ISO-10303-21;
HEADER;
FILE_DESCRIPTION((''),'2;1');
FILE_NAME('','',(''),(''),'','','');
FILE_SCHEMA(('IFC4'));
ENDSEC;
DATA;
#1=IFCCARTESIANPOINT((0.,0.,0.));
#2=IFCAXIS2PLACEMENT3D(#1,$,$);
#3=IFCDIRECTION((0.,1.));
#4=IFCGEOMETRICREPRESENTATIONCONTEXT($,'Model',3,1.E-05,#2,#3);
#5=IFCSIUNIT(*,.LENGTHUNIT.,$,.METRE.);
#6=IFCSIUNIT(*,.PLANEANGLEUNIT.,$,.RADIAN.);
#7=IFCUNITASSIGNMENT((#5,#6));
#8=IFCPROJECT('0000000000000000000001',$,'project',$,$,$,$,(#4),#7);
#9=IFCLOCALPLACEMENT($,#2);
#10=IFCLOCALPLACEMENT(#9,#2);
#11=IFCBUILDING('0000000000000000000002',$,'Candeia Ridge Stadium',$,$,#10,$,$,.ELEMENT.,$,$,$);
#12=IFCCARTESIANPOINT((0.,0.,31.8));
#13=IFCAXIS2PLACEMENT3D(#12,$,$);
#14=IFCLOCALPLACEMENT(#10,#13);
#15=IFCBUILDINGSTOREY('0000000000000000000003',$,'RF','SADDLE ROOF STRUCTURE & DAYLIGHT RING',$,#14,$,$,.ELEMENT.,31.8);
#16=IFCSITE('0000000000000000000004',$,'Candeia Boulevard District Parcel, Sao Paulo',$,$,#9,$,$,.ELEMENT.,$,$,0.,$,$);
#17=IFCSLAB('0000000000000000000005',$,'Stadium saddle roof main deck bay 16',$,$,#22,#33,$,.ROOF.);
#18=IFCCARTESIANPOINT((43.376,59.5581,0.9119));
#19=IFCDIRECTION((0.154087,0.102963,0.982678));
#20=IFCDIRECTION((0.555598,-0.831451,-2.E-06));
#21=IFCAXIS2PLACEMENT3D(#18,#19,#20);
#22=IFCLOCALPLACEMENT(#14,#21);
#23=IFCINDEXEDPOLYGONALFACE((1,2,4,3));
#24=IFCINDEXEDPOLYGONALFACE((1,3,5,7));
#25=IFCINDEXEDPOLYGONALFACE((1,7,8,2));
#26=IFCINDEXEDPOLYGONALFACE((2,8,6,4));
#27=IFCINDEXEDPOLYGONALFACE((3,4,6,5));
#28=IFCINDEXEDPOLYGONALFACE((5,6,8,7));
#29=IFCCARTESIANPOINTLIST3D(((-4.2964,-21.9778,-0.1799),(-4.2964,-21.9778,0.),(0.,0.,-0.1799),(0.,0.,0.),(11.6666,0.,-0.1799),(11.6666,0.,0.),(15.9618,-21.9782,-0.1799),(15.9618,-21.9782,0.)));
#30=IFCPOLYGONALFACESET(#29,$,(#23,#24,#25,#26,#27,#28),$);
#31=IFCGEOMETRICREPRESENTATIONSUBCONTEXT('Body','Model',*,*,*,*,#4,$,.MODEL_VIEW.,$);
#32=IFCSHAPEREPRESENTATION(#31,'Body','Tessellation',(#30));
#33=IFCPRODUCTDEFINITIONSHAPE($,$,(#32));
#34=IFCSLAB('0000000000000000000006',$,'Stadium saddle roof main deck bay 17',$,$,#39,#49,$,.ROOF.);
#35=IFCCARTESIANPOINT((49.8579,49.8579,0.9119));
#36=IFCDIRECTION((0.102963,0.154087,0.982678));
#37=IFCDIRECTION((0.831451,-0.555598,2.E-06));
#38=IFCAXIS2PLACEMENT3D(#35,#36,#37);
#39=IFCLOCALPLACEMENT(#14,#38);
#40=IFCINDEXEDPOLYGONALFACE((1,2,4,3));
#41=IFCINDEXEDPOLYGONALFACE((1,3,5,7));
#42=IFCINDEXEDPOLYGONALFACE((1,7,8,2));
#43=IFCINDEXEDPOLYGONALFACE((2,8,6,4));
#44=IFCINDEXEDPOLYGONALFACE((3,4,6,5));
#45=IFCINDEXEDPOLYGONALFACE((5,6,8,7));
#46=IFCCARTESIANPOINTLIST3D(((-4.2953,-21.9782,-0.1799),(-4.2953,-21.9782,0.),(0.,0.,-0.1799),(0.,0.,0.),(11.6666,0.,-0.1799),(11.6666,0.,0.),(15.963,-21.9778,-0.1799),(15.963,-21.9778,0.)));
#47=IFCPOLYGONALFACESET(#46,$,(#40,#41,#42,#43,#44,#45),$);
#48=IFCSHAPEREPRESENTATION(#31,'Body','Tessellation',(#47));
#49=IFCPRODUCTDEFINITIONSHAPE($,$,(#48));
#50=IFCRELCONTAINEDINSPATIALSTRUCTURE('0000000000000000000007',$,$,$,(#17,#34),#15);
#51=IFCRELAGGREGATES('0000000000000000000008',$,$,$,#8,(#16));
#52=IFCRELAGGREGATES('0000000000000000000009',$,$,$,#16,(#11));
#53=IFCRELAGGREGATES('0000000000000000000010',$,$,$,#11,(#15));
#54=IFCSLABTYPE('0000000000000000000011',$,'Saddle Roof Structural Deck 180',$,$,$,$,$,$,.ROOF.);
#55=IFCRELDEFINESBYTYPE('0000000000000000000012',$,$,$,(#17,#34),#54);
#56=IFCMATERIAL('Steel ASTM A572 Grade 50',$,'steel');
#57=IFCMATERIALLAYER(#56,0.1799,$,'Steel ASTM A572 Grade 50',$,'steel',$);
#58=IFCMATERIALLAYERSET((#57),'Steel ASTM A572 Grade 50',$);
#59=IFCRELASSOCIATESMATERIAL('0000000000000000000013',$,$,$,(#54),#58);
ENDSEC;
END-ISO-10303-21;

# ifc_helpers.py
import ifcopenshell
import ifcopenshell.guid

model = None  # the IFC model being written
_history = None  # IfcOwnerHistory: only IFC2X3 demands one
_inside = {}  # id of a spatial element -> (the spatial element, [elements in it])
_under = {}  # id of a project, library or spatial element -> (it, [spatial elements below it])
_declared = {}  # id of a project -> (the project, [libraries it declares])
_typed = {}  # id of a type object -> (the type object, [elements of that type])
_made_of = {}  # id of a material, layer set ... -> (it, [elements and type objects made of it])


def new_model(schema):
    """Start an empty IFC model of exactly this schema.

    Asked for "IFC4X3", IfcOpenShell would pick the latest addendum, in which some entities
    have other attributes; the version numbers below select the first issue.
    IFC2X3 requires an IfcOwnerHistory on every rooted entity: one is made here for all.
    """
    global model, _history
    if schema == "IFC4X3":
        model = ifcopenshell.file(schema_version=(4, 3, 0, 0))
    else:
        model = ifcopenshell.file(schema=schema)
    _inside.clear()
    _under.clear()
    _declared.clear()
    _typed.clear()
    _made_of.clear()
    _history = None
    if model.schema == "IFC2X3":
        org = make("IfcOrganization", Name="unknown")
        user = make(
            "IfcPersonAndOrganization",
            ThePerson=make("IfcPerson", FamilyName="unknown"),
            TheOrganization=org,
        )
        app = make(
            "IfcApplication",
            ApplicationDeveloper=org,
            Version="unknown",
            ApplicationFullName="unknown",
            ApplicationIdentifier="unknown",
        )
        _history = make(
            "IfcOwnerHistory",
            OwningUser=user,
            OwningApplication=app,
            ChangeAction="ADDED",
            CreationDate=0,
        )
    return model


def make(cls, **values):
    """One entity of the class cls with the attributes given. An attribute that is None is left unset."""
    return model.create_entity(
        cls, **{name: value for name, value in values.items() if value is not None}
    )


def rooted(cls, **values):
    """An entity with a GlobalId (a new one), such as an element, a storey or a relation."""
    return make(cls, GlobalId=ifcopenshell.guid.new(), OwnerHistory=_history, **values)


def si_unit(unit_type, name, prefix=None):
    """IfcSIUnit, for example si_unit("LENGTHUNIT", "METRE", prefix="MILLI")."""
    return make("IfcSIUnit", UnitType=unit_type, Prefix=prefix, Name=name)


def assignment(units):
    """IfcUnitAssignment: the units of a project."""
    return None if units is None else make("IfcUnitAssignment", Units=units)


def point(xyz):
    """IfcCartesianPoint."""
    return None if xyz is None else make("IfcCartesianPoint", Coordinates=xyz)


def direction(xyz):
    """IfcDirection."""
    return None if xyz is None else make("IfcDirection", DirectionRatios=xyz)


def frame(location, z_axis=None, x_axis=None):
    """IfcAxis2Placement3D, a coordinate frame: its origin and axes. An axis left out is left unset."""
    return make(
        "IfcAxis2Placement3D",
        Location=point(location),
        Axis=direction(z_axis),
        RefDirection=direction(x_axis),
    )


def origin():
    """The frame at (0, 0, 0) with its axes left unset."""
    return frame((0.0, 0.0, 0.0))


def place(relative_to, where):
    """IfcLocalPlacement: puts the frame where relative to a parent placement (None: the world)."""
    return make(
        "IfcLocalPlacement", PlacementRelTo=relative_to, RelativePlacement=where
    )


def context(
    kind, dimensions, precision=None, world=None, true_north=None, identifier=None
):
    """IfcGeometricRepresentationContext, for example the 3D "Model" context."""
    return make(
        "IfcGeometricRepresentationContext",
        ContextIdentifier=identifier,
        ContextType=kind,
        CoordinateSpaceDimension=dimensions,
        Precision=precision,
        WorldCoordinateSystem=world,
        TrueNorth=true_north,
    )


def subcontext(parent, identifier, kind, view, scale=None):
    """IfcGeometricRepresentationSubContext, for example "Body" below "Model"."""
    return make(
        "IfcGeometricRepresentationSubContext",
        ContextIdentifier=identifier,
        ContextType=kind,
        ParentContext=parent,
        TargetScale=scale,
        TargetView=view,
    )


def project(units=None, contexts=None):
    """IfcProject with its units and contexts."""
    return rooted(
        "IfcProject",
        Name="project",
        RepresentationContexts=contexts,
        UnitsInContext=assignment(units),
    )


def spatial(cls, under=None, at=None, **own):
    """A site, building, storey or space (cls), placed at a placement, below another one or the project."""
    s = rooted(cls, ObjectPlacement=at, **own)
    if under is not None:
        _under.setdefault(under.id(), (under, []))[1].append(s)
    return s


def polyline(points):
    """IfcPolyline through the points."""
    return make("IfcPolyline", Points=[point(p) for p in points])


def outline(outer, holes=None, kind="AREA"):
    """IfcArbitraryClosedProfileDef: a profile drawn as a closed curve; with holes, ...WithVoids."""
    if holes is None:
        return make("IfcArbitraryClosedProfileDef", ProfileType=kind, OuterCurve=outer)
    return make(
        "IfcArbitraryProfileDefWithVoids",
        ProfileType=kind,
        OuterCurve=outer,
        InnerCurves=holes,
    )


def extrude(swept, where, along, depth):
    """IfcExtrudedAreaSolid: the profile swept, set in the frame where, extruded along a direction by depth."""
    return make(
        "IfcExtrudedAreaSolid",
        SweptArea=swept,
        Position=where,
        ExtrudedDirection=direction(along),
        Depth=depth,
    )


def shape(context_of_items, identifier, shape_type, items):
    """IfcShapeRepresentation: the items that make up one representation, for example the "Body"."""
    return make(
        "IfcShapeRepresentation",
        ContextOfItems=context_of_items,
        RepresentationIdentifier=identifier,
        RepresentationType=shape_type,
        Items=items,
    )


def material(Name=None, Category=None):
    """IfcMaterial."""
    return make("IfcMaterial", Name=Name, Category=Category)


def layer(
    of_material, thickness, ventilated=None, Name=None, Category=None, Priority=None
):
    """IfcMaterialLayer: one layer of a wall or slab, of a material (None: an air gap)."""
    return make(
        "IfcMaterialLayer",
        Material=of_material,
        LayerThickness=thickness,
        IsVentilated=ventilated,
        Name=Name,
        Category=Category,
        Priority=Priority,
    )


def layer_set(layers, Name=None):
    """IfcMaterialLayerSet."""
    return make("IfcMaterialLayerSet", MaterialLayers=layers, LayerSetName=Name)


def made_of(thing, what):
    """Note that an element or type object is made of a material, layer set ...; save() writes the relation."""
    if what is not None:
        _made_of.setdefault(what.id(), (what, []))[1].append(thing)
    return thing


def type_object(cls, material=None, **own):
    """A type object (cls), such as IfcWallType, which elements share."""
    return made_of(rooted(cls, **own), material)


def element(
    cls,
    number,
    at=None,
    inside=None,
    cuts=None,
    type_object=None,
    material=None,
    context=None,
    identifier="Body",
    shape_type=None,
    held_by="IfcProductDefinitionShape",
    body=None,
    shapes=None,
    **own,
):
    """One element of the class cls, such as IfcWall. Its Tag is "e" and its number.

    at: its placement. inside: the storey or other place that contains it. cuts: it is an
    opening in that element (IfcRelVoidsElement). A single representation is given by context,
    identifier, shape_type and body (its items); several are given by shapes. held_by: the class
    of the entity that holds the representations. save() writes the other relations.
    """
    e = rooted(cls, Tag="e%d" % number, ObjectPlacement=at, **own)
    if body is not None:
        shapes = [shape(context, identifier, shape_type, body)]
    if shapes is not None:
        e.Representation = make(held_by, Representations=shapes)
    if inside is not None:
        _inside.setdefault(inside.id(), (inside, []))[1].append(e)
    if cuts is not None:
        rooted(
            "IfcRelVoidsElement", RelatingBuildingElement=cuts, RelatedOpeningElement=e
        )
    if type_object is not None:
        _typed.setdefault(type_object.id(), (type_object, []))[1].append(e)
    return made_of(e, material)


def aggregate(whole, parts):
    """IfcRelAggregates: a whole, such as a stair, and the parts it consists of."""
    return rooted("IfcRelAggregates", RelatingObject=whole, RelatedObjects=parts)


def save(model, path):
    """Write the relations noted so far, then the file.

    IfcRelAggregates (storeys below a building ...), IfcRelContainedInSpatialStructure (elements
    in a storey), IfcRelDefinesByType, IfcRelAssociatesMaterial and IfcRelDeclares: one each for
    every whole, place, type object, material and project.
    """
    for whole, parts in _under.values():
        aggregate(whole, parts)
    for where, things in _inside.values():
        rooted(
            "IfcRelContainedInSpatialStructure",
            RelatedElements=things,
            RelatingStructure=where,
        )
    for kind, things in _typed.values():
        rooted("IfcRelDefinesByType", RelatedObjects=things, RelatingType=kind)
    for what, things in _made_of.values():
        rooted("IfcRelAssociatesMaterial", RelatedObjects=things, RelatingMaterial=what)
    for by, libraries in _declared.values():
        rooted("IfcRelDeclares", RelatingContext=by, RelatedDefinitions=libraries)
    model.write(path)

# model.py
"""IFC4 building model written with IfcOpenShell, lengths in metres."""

from ifc_helpers import new_model, si_unit, direction, frame, origin, place, context, subcontext, project, spatial, polyline, outline, extrude, material, layer, layer_set, type_object, element, save


model = new_model("IFC4")

# Units and contexts
model_context = context("Model", 3, precision=1e-05, world=origin(), true_north=direction((0.0, 1.0)))
body_context = subcontext(model_context, "Body", "Model", "MODEL_VIEW")
ifc_project = project(units=[si_unit("LENGTHUNIT", "METRE"), si_unit("PLANEANGLEUNIT", "RADIAN")], contexts=[model_context])

# Site, building, storey
site_placement = place(None, origin())
site = spatial("IfcSite", under=ifc_project, at=site_placement, Name="Candeia Boulevard District Parcel, Sao Paulo", CompositionType="ELEMENT", RefElevation=0.0)
building_placement = place(site_placement, origin())
building = spatial("IfcBuilding", under=site, at=building_placement, Name="Candeia Ridge Stadium", CompositionType="ELEMENT")
storey_placement = place(building_placement, frame((0.0, 0.0, 31.8)))
storey = spatial("IfcBuildingStorey", under=building, at=storey_placement, Name="RF", Description="SADDLE ROOF STRUCTURE & DAYLIGHT RING", CompositionType="ELEMENT", Elevation=31.8)

# Shared definitions
ifc_material_1 = material(Name="Steel ASTM A572 Grade 50", Category="steel")

# Slabs
ifc_layer_1 = layer(ifc_material_1, 0.1799, Name="Steel ASTM A572 Grade 50", Category="steel")
ifc_layer_set_1 = layer_set([ifc_layer_1], Name="Steel ASTM A572 Grade 50")
slab_type = type_object("IfcSlabType", Name="Saddle Roof Structural Deck 180", PredefinedType="ROOF", material=ifc_layer_set_1)
slab_1_placement = place(storey_placement, frame((43.376, 59.5581, 0.9119), z_axis=(0.154087, 0.102963, 0.982678), x_axis=(0.555598, -0.831451, -0.000002)))
element("IfcSlab", 1, at=slab_1_placement, inside=storey, type_object=slab_type, Name="Stadium saddle roof main deck bay 16", PredefinedType="ROOF", context=body_context, shape_type="SweptSolid", body=[
    extrude(outline(polyline([(0.0, 0.0), (11.6666, 0.0), (15.9618, -21.9782), (-4.2964, -21.9778), (0.0, 0.0)])), origin(), (0.0, 0.0, -1.0), 0.1799),
])
slab_2_placement = place(storey_placement, frame((49.8579, 49.8579, 0.9119), z_axis=(0.102963, 0.154087, 0.982678), x_axis=(0.831451, -0.555598, 0.000002)))
element("IfcSlab", 2, at=slab_2_placement, inside=storey, type_object=slab_type, Name="Stadium saddle roof main deck bay 17", PredefinedType="ROOF", context=body_context, shape_type="SweptSolid", body=[
    extrude(outline(polyline([(0.0, 0.0), (11.6666, 0.0), (15.963, -21.9778), (-4.2953, -21.9782), (0.0, 0.0)])), origin(), (0.0, 0.0, -1.0), 0.1799),
])

save(model, "model.ifc")
